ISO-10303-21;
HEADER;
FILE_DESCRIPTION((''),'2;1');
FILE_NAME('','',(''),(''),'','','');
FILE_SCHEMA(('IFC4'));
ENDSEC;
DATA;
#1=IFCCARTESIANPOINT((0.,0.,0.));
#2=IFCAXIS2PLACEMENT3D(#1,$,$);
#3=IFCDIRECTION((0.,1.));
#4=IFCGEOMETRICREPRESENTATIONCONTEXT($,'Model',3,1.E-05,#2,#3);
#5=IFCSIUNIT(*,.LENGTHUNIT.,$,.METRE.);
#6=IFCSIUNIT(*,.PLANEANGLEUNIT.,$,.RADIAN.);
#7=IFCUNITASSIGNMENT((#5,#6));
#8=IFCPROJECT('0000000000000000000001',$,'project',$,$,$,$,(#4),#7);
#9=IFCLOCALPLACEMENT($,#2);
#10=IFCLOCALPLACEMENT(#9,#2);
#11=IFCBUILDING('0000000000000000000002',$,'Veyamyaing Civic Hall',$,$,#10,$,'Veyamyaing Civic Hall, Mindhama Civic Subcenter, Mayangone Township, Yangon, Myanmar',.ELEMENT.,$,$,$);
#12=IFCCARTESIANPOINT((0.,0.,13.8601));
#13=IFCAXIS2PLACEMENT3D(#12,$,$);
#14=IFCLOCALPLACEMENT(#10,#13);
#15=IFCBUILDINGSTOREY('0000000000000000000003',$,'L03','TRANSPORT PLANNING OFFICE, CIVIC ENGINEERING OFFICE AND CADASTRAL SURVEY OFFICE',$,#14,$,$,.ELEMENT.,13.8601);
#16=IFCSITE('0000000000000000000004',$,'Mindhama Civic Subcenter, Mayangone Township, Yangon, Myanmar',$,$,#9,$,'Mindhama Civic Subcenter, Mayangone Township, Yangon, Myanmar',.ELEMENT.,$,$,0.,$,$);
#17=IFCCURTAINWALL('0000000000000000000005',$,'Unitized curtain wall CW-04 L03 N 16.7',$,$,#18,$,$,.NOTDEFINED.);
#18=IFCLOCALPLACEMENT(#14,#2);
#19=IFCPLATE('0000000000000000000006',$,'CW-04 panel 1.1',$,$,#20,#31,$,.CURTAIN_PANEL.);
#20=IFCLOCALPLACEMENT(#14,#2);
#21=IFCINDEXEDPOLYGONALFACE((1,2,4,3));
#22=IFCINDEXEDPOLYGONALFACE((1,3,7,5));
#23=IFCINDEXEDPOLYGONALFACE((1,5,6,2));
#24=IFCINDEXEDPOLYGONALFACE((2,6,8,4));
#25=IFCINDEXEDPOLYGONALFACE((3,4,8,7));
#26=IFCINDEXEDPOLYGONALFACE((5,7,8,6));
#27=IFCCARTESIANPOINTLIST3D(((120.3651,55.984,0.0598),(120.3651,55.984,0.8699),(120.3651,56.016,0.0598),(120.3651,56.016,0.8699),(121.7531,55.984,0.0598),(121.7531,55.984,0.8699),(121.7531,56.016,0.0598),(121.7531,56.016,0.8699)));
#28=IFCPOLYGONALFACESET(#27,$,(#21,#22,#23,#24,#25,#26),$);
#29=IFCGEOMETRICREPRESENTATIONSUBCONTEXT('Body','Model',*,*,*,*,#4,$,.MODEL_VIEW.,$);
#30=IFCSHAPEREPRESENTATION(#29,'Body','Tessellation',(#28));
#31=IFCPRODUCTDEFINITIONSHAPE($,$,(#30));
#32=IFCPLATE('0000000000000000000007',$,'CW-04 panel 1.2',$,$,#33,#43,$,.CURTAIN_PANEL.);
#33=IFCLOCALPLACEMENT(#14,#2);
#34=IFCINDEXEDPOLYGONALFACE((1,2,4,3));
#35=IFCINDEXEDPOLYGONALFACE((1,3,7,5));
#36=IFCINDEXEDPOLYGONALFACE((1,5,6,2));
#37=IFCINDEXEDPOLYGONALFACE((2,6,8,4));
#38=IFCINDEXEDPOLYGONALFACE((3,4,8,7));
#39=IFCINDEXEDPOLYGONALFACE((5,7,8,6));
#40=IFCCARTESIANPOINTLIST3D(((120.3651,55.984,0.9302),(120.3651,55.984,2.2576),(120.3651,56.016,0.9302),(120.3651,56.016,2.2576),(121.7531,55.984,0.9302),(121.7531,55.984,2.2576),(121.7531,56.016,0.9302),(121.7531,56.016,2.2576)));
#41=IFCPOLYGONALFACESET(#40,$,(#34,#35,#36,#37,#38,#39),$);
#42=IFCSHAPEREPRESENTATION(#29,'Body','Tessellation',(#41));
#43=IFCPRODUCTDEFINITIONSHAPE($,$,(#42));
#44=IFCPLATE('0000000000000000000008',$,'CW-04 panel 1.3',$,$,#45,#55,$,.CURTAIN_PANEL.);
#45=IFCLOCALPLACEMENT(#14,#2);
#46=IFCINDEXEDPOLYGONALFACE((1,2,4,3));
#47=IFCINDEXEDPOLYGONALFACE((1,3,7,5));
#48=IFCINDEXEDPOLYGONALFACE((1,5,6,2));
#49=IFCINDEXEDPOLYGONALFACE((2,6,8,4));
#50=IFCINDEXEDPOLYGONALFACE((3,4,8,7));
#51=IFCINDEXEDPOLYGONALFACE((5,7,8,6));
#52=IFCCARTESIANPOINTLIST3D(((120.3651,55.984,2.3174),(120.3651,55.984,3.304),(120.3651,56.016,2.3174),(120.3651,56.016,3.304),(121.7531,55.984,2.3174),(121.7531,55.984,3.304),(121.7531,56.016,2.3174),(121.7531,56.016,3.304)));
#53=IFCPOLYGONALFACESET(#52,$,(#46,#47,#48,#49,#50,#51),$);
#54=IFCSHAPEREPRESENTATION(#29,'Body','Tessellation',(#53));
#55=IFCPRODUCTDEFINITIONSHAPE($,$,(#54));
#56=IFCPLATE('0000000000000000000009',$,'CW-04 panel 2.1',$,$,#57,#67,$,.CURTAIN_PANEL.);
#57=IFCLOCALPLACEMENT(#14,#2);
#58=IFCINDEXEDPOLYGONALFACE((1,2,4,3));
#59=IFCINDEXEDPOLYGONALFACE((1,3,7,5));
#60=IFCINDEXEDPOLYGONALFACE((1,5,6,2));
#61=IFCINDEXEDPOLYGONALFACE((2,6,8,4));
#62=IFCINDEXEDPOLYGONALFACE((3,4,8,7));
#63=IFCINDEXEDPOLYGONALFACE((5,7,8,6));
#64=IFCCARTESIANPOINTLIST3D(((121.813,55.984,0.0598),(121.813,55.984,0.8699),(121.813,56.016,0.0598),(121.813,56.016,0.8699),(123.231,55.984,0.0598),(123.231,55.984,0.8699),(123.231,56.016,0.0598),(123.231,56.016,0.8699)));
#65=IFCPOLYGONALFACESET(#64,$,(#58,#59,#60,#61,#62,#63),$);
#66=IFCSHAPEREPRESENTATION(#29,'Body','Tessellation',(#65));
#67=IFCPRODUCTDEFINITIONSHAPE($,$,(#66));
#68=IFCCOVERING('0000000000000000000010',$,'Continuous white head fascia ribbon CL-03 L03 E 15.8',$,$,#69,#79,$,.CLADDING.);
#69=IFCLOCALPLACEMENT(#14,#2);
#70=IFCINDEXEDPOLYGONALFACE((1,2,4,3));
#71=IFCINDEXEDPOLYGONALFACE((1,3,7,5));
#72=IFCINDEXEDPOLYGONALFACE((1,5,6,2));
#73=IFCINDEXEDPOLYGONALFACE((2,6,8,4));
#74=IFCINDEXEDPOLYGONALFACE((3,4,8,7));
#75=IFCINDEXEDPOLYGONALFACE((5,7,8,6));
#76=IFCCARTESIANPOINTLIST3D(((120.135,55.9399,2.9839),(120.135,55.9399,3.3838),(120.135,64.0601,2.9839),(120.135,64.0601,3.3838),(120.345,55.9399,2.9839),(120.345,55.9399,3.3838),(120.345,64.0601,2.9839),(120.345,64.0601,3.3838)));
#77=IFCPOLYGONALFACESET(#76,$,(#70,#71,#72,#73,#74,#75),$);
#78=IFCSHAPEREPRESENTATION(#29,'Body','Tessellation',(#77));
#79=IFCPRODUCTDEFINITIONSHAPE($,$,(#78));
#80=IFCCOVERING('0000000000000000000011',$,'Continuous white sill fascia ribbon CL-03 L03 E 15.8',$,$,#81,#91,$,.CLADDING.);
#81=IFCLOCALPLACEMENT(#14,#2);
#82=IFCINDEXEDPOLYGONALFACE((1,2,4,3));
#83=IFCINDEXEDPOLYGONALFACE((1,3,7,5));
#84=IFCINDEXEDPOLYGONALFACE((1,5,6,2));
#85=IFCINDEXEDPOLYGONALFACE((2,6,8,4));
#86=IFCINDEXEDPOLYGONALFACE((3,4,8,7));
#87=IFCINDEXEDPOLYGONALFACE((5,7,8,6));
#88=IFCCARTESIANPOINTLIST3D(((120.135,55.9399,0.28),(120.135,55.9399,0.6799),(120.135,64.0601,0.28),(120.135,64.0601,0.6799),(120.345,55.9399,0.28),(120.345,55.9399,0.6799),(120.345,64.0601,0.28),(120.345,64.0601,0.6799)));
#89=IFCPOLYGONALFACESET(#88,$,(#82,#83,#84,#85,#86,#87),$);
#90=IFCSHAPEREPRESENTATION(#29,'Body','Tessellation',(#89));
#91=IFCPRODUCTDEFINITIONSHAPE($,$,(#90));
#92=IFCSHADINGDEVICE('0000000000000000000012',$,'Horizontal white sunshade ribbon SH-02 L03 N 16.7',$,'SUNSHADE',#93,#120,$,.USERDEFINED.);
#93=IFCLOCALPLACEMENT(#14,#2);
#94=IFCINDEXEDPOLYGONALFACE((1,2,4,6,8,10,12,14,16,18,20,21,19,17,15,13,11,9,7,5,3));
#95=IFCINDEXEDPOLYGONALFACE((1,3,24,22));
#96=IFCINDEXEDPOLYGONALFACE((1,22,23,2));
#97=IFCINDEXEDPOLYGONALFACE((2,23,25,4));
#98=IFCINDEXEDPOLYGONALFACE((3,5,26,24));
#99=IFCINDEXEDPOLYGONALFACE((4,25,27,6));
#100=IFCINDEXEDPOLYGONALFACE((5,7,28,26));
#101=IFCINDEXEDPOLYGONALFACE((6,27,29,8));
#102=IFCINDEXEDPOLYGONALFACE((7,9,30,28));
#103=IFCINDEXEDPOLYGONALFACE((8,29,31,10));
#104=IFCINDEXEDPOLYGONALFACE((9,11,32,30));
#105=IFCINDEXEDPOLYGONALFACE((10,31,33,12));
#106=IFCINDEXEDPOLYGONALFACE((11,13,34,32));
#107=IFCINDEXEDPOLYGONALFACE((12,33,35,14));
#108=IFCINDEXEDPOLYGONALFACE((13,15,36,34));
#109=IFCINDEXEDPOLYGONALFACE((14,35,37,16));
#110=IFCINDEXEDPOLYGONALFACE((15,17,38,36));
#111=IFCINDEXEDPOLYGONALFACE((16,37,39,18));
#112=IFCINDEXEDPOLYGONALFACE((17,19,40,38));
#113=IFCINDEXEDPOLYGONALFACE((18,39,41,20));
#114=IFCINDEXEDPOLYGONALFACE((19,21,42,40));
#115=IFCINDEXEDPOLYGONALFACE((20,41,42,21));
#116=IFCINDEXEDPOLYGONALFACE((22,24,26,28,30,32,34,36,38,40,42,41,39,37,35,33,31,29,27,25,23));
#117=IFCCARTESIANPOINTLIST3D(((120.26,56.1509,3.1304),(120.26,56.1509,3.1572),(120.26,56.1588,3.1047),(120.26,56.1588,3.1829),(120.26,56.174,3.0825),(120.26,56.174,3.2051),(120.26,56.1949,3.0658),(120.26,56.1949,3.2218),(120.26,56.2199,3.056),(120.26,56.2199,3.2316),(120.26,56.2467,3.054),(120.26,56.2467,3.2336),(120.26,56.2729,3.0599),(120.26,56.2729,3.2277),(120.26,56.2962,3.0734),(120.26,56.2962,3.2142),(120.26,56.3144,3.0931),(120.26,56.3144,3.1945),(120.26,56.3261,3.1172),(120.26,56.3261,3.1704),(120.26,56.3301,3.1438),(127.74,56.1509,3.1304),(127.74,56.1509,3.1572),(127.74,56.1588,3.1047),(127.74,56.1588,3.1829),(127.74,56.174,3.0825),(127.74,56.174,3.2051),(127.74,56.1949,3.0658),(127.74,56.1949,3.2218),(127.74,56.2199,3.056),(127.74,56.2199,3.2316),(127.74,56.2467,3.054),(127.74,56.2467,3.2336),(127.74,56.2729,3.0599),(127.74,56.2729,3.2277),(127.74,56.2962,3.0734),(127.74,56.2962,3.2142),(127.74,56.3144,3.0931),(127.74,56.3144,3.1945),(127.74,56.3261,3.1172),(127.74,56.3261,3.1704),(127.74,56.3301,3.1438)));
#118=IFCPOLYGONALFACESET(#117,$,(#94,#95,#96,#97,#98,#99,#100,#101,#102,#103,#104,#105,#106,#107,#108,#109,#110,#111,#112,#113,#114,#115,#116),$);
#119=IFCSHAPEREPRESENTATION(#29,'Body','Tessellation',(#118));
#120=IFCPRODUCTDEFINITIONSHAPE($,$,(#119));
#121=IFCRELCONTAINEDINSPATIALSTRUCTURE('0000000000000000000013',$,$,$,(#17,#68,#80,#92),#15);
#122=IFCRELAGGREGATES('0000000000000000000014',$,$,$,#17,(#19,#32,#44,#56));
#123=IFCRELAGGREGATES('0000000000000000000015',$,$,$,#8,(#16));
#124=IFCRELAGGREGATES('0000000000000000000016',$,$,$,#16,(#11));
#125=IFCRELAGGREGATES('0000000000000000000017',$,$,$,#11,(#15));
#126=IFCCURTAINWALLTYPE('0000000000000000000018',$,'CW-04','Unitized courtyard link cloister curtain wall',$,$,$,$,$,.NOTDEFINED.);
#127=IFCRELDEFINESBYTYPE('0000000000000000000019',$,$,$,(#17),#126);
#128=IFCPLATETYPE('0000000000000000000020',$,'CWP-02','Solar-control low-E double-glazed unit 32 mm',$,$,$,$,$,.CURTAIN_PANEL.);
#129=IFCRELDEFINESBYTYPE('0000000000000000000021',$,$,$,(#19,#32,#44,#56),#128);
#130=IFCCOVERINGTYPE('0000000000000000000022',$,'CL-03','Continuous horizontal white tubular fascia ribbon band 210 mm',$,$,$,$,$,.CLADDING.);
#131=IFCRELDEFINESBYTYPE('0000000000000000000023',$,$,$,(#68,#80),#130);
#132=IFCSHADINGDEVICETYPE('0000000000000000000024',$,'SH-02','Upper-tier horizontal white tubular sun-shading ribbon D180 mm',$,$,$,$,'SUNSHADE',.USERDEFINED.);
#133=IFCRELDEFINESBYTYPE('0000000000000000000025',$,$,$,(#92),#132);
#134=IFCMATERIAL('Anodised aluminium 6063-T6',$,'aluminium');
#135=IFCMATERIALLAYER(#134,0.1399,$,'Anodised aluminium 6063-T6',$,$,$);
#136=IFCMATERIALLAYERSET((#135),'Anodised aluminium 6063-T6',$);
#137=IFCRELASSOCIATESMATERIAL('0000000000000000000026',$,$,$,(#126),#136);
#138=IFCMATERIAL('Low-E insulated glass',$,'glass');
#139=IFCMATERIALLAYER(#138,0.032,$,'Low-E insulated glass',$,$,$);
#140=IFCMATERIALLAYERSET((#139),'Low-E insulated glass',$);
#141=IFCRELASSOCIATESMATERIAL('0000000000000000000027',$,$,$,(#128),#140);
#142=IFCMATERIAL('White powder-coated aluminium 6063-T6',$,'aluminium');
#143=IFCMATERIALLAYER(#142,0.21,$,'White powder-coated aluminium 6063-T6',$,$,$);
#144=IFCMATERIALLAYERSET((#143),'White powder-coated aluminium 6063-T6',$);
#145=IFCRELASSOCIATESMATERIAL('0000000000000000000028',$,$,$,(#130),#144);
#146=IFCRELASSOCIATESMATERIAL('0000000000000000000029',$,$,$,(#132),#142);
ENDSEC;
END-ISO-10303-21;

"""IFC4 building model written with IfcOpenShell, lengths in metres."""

from ifc_helpers import new_model, si_unit, direction, frame, origin, origin_2d, place, context, subcontext, project, spatial, rectangle, circle, extrude, material, layer, layer_set, material_profile, profile_set, type_object, element, aggregate, save


model = new_model("IFC4")

# Units and contexts
model_context = context("Model", 3, precision=1e-05, world=origin(), true_north=direction((0.0, 1.0)))
body_context = subcontext(model_context, "Body", "Model", "MODEL_VIEW")
ifc_project = project(units=[si_unit("LENGTHUNIT", "METRE"), si_unit("PLANEANGLEUNIT", "RADIAN")], contexts=[model_context])

# Site, building, storey
site_placement = place(None, origin())
site = spatial("IfcSite", under=ifc_project, at=site_placement, Name="Mindhama Civic Subcenter, Mayangone Township, Yangon, Myanmar", LongName="Mindhama Civic Subcenter, Mayangone Township, Yangon, Myanmar", CompositionType="ELEMENT", RefElevation=0.0)
building_placement = place(site_placement, origin())
building = spatial("IfcBuilding", under=site, at=building_placement, Name="Veyamyaing Civic Hall", LongName="Veyamyaing Civic Hall, Mindhama Civic Subcenter, Mayangone Township, Yangon, Myanmar", CompositionType="ELEMENT")
storey_placement = place(building_placement, frame((0.0, 0.0, 13.8601)))
storey = spatial("IfcBuildingStorey", under=building, at=storey_placement, Name="L03", Description="TRANSPORT PLANNING OFFICE, CIVIC ENGINEERING OFFICE AND CADASTRAL SURVEY OFFICE", CompositionType="ELEMENT", Elevation=13.8601)

# Curtain wall, plates
ifc_material_1 = material(Name="Anodised aluminium 6063-T6", Category="aluminium")
ifc_layer_1 = layer(ifc_material_1, 0.1399, Name="Anodised aluminium 6063-T6")
ifc_layer_set_1 = layer_set([ifc_layer_1], Name="Anodised aluminium 6063-T6")
curtain_wall_type = type_object("IfcCurtainWallType", Name="CW-04", Description="Unitized courtyard link cloister curtain wall", PredefinedType="NOTDEFINED", material=ifc_layer_set_1)
curtain_wall_placement = place(storey_placement, origin())
curtain_wall = element("IfcCurtainWall", 1, at=curtain_wall_placement, inside=storey, type_object=curtain_wall_type, Name="Unitized curtain wall CW-04 L03 N 16.7", PredefinedType="NOTDEFINED")
ifc_material_2 = material(Name="Low-E insulated glass", Category="glass")
ifc_layer_2 = layer(ifc_material_2, 0.032, Name="Low-E insulated glass")
ifc_layer_set_2 = layer_set([ifc_layer_2], Name="Low-E insulated glass")
plate_type = type_object("IfcPlateType", Name="CWP-02", Description="Solar-control low-E double-glazed unit 32 mm", PredefinedType="CURTAIN_PANEL", material=ifc_layer_set_2)
plate_1_placement = place(storey_placement, frame((121.0591, 56.0, 0.0598), z_axis=(0.0, 0.0, 1.0), x_axis=(1.0, 0.0, 0.0)))
plate_1 = element("IfcPlate", 2, at=plate_1_placement, type_object=plate_type, Name="CW-04 panel 1.1", PredefinedType="CURTAIN_PANEL", context=body_context, shape_type="SweptSolid", body=[
    extrude(rectangle(XDim=1.3879, YDim=0.032, at=origin_2d()), origin(), (0.0, 0.0, 1.0), 0.8101),
])
plate_2_placement = place(storey_placement, frame((121.0591, 56.0, 0.9302), z_axis=(0.0, 0.0, 1.0), x_axis=(1.0, 0.0, 0.0)))
plate_2 = element("IfcPlate", 3, at=plate_2_placement, type_object=plate_type, Name="CW-04 panel 1.2", PredefinedType="CURTAIN_PANEL", context=body_context, shape_type="SweptSolid", body=[
    extrude(rectangle(XDim=1.3879, YDim=0.032, at=origin_2d()), origin(), (0.0, 0.0, 1.0), 1.3274),
])
plate_3_placement = place(storey_placement, frame((121.0591, 56.0, 2.3174), z_axis=(0.0, 0.0, 1.0), x_axis=(1.0, 0.0, 0.0)))
plate_3 = element("IfcPlate", 4, at=plate_3_placement, type_object=plate_type, Name="CW-04 panel 1.3", PredefinedType="CURTAIN_PANEL", context=body_context, shape_type="SweptSolid", body=[
    extrude(rectangle(XDim=1.3879, YDim=0.032, at=origin_2d()), origin(), (0.0, 0.0, 1.0), 0.9866),
])
plate_4_placement = place(storey_placement, frame((122.522, 56.0, 0.0598), z_axis=(0.0, 0.0, 1.0), x_axis=(1.0, 0.0, 0.0)))
plate_4 = element("IfcPlate", 5, at=plate_4_placement, type_object=plate_type, Name="CW-04 panel 2.1", PredefinedType="CURTAIN_PANEL", context=body_context, shape_type="SweptSolid", body=[
    extrude(rectangle(XDim=1.418, YDim=0.032, at=origin_2d()), origin(), (0.0, 0.0, 1.0), 0.8101),
])
aggregate(curtain_wall, [plate_1, plate_2, plate_3, plate_4])

# Coverings
ifc_material_3 = material(Name="White powder-coated aluminium 6063-T6", Category="aluminium")
ifc_layer_3 = layer(ifc_material_3, 0.21, Name="White powder-coated aluminium 6063-T6")
ifc_layer_set_3 = layer_set([ifc_layer_3], Name="White powder-coated aluminium 6063-T6")
covering_type = type_object("IfcCoveringType", Name="CL-03", Description="Continuous horizontal white tubular fascia ribbon band 210 mm", PredefinedType="CLADDING", material=ifc_layer_set_3)
for number, where, z_axis, x_axis, name in (
    (6, (120.24, 60.0, 2.9839), (0.0, 0.0, 1.0), (0.0, 1.0, 0.0), "Continuous white head fascia ribbon CL-03 L03 E 15.8"),
    (7, (120.24, 60.0, 0.28), (0.0, 0.0, 1.0), (0.0, 1.0, 0.0), "Continuous white sill fascia ribbon CL-03 L03 E 15.8"),
):
    element("IfcCovering", number, at=place(storey_placement, frame(where, z_axis=z_axis, x_axis=x_axis)), inside=storey, type_object=covering_type, Name=name, PredefinedType="CLADDING", context=body_context, shape_type="SweptSolid", body=[
        extrude(rectangle(XDim=8.1201, YDim=0.21, at=origin_2d()), origin(), (0.0, 0.0, 1.0), 0.3999),
    ])

# Shading device
ifc_material_profile_1 = material_profile(ifc_material_3, circle(Radius=0.0901, at=origin_2d()), Name="SHADE-TUBE-180")
ifc_profile_set_1 = profile_set([ifc_material_profile_1], Name="White powder-coated aluminium 6063-T6")
shading_device_type = type_object("IfcShadingDeviceType", Name="SH-02", Description="Upper-tier horizontal white tubular sun-shading ribbon D180 mm", ElementType="SUNSHADE", PredefinedType="USERDEFINED", material=ifc_profile_set_1)
shading_device_placement = place(storey_placement, frame((120.26, 56.24, 3.1438), z_axis=(1.0, 0.0, 0.0), x_axis=(0.0, 1.0, 0.0)))
element("IfcShadingDevice", 8, at=shading_device_placement, inside=storey, type_object=shading_device_type, Name="Horizontal white sunshade ribbon SH-02 L03 N 16.7", ObjectType="SUNSHADE", PredefinedType="USERDEFINED", context=body_context, shape_type="SweptSolid", body=[
    extrude(circle(Radius=0.0901, at=origin_2d()), origin(), (0.0, 0.0, 1.0), 7.48),
])

save(model, "model.ifc")
